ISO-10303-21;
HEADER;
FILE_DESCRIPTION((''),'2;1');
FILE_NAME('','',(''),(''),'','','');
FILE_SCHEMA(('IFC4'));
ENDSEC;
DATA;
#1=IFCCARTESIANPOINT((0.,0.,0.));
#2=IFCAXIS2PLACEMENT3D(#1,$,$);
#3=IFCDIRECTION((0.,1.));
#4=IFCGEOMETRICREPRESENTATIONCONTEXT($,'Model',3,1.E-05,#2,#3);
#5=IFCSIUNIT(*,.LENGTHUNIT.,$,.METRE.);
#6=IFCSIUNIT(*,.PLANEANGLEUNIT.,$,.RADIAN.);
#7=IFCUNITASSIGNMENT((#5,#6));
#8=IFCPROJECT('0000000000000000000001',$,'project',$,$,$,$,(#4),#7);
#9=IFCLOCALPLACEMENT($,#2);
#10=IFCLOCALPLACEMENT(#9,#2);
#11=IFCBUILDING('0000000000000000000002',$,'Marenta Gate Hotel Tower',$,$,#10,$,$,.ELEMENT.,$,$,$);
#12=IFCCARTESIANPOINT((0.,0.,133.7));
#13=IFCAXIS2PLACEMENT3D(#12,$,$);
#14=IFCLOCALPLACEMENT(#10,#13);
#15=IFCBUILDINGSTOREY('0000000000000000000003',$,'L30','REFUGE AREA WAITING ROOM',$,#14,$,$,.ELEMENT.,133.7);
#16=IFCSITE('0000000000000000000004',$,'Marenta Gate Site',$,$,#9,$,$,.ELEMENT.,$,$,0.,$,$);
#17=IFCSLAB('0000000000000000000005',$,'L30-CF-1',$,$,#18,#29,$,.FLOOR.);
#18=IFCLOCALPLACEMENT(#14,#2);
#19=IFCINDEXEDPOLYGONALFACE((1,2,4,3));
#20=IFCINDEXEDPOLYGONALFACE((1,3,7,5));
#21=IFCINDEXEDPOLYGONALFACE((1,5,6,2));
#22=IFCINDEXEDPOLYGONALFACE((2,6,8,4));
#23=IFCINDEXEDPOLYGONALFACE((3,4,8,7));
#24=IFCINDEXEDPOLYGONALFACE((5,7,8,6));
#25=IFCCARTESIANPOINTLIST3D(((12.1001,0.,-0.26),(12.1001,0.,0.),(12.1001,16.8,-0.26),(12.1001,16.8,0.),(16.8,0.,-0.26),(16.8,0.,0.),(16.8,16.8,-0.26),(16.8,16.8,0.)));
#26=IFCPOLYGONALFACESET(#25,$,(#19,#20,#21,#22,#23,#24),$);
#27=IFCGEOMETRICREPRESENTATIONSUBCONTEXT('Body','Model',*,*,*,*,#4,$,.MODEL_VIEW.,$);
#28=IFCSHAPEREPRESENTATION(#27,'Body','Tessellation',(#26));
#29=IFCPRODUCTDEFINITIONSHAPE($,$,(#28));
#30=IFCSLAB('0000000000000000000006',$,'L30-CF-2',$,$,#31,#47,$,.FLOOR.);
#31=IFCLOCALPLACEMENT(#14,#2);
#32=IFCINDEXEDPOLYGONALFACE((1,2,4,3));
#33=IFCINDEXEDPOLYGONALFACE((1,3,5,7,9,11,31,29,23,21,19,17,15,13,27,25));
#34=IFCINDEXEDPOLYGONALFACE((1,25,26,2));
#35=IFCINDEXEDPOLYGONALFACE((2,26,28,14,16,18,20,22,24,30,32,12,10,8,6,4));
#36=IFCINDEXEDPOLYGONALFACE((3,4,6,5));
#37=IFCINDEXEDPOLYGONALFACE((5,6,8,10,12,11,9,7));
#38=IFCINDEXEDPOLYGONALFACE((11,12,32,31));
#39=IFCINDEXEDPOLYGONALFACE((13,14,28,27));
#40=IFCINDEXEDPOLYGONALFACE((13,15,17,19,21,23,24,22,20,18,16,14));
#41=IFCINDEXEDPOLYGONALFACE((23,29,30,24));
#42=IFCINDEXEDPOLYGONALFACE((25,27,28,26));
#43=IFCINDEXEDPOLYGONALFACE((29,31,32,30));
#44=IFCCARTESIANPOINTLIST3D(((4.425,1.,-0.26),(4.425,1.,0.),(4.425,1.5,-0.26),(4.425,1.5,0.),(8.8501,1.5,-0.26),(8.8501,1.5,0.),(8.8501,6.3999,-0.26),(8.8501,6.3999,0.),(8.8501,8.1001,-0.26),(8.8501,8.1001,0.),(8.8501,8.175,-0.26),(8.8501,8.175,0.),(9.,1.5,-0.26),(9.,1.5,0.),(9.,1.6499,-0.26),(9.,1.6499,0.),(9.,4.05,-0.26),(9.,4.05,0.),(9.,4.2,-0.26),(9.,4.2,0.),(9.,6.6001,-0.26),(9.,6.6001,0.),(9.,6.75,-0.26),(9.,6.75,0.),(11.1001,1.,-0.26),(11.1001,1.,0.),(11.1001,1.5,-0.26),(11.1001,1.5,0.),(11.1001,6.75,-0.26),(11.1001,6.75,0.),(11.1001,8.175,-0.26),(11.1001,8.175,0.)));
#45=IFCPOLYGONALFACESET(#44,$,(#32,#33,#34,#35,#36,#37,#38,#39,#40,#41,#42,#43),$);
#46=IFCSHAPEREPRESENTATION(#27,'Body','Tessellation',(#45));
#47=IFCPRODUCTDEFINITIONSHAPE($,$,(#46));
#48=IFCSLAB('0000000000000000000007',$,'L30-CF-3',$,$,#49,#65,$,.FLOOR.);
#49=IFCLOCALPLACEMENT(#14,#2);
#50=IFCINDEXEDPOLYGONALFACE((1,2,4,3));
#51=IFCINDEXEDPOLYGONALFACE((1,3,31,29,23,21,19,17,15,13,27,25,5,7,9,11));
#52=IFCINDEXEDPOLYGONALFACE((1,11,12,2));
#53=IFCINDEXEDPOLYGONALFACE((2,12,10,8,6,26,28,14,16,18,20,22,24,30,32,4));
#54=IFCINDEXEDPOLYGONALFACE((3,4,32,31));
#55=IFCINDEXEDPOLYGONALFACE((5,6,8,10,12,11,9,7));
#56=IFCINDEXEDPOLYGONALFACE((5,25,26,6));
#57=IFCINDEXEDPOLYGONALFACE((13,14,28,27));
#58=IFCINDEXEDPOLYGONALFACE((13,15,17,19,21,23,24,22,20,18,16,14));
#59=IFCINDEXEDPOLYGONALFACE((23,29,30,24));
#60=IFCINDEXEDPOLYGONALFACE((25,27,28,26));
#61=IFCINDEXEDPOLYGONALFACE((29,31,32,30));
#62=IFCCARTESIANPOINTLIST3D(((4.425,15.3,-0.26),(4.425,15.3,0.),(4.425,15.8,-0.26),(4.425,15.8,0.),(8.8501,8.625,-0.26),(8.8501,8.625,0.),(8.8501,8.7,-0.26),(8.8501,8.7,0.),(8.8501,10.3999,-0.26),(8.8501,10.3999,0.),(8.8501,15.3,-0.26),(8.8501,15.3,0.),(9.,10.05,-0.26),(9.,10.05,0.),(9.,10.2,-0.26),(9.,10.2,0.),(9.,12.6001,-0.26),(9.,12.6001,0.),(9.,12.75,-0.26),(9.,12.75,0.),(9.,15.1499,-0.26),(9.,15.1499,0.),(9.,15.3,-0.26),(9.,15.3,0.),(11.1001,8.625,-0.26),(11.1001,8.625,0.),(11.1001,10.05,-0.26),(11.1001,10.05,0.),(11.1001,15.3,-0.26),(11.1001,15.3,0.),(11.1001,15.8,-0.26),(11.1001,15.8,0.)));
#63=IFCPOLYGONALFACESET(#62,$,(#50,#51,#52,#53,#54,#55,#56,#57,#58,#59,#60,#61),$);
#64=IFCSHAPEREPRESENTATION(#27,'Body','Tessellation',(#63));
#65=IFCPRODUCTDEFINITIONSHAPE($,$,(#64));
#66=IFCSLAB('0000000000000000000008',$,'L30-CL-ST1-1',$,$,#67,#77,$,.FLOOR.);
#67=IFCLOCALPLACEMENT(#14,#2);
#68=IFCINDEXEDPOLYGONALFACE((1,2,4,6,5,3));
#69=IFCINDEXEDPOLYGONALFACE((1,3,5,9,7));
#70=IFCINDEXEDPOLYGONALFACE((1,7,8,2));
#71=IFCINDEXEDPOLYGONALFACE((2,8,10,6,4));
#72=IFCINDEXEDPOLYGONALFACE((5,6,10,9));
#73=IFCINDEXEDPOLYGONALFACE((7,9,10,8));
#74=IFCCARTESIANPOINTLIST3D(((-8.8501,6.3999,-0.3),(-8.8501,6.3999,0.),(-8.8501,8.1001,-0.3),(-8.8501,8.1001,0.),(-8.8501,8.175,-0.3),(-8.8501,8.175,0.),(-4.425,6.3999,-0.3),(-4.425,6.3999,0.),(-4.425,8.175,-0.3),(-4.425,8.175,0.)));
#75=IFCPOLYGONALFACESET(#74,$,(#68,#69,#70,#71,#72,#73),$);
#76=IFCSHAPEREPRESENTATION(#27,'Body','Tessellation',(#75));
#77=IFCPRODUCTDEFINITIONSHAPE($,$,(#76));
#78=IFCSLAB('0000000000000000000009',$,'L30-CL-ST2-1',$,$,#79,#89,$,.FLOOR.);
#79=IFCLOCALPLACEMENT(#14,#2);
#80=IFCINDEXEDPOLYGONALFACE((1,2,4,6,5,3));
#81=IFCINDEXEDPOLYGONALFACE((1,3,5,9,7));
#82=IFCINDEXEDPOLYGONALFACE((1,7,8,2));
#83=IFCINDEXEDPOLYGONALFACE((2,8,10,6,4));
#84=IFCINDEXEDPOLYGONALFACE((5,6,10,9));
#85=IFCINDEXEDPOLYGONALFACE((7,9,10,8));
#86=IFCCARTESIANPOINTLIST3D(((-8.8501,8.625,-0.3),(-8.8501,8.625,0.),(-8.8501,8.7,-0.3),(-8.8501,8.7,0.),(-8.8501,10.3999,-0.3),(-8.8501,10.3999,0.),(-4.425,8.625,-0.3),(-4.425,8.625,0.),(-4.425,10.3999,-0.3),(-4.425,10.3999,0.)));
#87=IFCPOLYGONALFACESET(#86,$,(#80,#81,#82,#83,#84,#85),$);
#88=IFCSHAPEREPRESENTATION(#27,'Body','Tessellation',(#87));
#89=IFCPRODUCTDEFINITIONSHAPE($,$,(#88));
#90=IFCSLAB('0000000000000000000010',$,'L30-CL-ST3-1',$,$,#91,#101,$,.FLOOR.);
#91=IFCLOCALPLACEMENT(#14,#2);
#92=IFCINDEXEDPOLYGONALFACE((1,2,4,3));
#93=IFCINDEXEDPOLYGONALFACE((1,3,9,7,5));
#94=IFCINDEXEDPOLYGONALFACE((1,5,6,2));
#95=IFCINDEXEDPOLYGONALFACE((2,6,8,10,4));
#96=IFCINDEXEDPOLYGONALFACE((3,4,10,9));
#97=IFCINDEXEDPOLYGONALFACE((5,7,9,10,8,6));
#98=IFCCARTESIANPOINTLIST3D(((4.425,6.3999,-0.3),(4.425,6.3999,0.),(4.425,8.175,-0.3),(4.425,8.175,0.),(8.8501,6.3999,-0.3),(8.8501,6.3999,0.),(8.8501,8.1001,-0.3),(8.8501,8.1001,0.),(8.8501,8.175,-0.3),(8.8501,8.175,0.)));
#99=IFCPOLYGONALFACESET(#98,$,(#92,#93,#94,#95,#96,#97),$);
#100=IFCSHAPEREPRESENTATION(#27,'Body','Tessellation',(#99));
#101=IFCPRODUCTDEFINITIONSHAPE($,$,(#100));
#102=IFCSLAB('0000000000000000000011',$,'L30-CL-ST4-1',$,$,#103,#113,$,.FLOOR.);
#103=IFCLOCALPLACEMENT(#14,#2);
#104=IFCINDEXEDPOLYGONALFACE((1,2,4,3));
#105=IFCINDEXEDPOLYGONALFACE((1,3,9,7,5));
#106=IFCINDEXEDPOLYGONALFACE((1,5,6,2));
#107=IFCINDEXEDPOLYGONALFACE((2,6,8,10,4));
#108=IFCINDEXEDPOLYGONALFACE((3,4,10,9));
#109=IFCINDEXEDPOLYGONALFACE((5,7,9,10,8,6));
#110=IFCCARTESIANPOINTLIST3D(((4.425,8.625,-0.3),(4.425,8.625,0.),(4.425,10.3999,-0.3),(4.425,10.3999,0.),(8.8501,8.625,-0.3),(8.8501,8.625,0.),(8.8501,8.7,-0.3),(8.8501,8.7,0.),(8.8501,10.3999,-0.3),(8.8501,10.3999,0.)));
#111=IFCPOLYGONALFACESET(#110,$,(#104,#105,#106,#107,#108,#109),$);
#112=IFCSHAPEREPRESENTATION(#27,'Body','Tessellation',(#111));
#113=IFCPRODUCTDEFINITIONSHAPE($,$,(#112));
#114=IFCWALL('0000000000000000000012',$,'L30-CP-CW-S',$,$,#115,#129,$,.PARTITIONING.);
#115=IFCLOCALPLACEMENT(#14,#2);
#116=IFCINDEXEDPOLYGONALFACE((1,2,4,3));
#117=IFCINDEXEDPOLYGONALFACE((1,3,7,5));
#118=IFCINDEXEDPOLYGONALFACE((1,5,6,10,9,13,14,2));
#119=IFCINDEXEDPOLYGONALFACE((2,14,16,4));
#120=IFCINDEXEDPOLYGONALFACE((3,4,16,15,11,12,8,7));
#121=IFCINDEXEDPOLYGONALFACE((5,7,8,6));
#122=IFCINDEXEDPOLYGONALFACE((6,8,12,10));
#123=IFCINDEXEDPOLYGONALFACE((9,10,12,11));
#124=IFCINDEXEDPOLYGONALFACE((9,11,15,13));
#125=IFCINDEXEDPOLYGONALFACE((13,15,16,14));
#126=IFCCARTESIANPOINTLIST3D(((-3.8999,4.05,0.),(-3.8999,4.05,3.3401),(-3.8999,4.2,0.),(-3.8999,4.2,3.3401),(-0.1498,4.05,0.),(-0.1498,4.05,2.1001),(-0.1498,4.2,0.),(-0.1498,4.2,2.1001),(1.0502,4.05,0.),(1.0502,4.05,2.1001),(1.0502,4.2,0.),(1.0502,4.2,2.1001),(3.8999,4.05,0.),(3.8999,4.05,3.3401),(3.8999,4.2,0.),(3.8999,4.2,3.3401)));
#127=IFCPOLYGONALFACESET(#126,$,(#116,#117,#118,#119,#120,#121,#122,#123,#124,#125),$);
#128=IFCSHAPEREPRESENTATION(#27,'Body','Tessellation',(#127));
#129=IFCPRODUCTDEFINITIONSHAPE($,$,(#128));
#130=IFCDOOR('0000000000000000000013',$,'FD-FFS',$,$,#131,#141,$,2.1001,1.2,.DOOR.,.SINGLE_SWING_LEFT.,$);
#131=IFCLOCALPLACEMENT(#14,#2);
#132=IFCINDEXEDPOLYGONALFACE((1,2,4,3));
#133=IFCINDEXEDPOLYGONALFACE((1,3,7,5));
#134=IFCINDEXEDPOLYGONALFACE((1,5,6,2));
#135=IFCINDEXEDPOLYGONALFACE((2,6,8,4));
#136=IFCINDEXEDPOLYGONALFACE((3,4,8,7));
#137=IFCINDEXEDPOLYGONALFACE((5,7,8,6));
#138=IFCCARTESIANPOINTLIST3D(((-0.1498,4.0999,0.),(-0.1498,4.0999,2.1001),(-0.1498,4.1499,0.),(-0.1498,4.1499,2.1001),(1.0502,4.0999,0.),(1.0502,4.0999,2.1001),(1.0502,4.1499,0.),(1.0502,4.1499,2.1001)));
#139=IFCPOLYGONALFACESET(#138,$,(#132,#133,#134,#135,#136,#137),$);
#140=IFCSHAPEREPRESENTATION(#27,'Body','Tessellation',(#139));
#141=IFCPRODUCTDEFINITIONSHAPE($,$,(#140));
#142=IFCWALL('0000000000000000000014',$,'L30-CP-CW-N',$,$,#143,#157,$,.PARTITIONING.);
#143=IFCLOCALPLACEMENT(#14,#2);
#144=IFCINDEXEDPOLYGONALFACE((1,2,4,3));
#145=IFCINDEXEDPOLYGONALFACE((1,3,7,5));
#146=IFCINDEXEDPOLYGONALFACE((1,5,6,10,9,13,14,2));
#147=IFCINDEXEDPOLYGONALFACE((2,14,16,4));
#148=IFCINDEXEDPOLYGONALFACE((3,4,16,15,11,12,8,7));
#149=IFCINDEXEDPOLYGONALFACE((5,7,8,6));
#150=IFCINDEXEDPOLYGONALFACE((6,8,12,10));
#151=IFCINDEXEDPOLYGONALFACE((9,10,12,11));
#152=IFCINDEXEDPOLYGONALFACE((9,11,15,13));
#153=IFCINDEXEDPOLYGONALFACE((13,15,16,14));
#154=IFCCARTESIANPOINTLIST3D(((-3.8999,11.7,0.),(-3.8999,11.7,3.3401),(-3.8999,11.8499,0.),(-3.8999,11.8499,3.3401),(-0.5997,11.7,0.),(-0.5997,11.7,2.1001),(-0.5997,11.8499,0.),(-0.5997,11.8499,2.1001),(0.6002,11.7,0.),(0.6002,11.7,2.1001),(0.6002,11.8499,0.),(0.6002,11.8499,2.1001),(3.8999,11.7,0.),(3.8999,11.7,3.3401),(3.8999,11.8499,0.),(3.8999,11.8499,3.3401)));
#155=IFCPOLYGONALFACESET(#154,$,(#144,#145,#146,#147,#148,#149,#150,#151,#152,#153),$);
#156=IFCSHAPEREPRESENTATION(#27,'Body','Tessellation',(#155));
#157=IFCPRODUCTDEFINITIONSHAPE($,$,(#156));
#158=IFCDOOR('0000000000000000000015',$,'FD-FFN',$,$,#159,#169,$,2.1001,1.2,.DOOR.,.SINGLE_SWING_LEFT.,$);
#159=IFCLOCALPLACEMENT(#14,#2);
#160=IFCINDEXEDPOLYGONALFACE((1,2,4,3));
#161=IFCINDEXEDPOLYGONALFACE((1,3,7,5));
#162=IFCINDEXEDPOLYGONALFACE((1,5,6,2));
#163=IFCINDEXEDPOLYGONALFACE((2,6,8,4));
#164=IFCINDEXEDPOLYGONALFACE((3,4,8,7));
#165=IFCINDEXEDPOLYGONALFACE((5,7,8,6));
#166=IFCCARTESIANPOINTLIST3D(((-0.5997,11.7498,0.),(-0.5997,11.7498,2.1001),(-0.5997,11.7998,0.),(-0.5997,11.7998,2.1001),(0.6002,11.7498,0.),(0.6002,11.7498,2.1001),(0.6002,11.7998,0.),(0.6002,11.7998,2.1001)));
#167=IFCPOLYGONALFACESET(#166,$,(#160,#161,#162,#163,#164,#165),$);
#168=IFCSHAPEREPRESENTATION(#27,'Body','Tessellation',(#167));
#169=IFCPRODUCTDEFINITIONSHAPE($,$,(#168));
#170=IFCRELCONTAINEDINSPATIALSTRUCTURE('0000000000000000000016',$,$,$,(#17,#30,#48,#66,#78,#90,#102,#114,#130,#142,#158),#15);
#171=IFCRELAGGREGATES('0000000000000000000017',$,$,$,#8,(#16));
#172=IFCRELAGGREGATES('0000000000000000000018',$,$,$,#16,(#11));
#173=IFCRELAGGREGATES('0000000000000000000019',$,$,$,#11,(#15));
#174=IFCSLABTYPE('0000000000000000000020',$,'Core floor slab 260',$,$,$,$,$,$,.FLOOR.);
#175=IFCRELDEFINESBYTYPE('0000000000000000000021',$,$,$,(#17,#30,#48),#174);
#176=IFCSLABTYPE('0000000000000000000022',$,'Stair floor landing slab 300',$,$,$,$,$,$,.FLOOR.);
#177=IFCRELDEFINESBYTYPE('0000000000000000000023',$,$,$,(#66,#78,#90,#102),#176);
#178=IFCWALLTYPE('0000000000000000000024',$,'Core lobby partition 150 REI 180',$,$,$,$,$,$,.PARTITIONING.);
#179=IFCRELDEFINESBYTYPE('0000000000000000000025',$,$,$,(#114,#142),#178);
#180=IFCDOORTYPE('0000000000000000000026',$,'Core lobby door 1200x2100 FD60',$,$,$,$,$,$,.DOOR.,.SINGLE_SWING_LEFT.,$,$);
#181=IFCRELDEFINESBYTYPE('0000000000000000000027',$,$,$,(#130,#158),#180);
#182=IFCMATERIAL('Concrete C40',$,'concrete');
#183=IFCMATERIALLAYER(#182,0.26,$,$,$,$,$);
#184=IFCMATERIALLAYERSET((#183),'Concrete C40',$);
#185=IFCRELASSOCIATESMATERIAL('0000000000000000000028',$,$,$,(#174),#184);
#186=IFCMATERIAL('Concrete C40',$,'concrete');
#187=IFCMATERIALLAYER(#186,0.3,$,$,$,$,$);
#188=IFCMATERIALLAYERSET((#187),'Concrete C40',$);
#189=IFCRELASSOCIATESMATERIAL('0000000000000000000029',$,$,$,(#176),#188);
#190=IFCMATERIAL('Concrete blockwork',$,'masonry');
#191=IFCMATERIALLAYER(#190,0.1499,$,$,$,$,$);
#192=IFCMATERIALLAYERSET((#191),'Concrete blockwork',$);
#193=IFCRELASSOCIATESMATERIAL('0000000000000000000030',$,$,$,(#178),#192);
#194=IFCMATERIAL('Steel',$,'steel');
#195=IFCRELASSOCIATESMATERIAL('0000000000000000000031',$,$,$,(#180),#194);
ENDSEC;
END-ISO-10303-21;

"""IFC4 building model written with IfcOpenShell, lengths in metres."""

from ifc_helpers import new_model, si_unit, direction, frame, frame_2d, origin, place, context, subcontext, project, spatial, polyline, rectangle, outline, extrude, material, layer, layer_set, type_object, element, fill, save


model = new_model("IFC4")

# Units and contexts
model_context = context("Model", 3, precision=1e-05, world=origin(), true_north=direction((0.0, 1.0)))
body_context = subcontext(model_context, "Body", "Model", "MODEL_VIEW")
ifc_project = project(units=[si_unit("LENGTHUNIT", "METRE"), si_unit("PLANEANGLEUNIT", "RADIAN")], contexts=[model_context])

# Site, building, storey
site_placement = place(None, origin())
site = spatial("IfcSite", under=ifc_project, at=site_placement, Name="Marenta Gate Site", CompositionType="ELEMENT", RefElevation=0.0)
building_placement = place(site_placement, origin())
building = spatial("IfcBuilding", under=site, at=building_placement, Name="Marenta Gate Hotel Tower", CompositionType="ELEMENT")
storey_placement = place(building_placement, frame((0.0, 0.0, 133.7)))
storey = spatial("IfcBuildingStorey", under=building, at=storey_placement, Name="L30", Description="REFUGE AREA WAITING ROOM", CompositionType="ELEMENT", Elevation=133.7)

# Slabs
ifc_material_1 = material(Name="Concrete C40", Category="concrete")
ifc_layer_1 = layer(ifc_material_1, 0.26)
ifc_layer_set_1 = layer_set([ifc_layer_1], Name="Concrete C40")
slab_type_1 = type_object("IfcSlabType", Name="Core floor slab 260", PredefinedType="FLOOR", material=ifc_layer_set_1)
slab_1_placement = place(storey_placement, frame((0.0, 0.0, -0.26)))
element("IfcSlab", 1, at=slab_1_placement, inside=storey, type_object=slab_type_1, Name="L30-CF-1", PredefinedType="FLOOR", context=body_context, shape_type="SweptSolid", body=[
    extrude(outline(polyline([(12.1001, 0.0), (12.1001, 16.8), (16.8, 16.8), (16.8, 0.0), (12.1001, 0.0)])), origin(), (0.0, 0.0, 1.0), 0.26),
])
slab_2_placement = place(storey_placement, frame((0.0, 0.0, -0.26)))
element("IfcSlab", 2, at=slab_2_placement, inside=storey, type_object=slab_type_1, Name="L30-CF-2", PredefinedType="FLOOR", context=body_context, shape_type="SweptSolid", body=[
    extrude(outline(polyline([(8.8501, 1.5), (8.8501, 6.3999), (8.8501, 8.1001), (8.8501, 8.175), (11.1001, 8.175), (11.1001, 6.75), (9.0, 6.75), (9.0, 6.6001), (9.0, 4.2), (9.0, 4.05), (9.0, 1.6499), (9.0, 1.5), (11.1001, 1.5), (11.1001, 1.0), (4.425, 1.0), (4.425, 1.5), (8.8501, 1.5)])), origin(), (0.0, 0.0, 1.0), 0.26),
])
slab_3_placement = place(storey_placement, frame((0.0, 0.0, -0.26)))
element("IfcSlab", 3, at=slab_3_placement, inside=storey, type_object=slab_type_1, Name="L30-CF-3", PredefinedType="FLOOR", context=body_context, shape_type="SweptSolid", body=[
    extrude(outline(polyline([(8.8501, 15.3), (4.425, 15.3), (4.425, 15.8), (11.1001, 15.8), (11.1001, 15.3), (9.0, 15.3), (9.0, 15.1499), (9.0, 12.75), (9.0, 12.6001), (9.0, 10.2), (9.0, 10.05), (11.1001, 10.05), (11.1001, 8.625), (8.8501, 8.625), (8.8501, 8.7), (8.8501, 10.3999), (8.8501, 15.3)])), origin(), (0.0, 0.0, 1.0), 0.26),
])
ifc_material_2 = material(Name="Concrete C40", Category="concrete")
ifc_layer_2 = layer(ifc_material_2, 0.3)
ifc_layer_set_2 = layer_set([ifc_layer_2], Name="Concrete C40")
slab_type_2 = type_object("IfcSlabType", Name="Stair floor landing slab 300", PredefinedType="FLOOR", material=ifc_layer_set_2)
slab_4_placement = place(storey_placement, frame((0.0, 0.0, -0.3)))
element("IfcSlab", 4, at=slab_4_placement, inside=storey, type_object=slab_type_2, Name="L30-CL-ST1-1", PredefinedType="FLOOR", context=body_context, shape_type="SweptSolid", body=[
    extrude(outline(polyline([(-4.425, 6.3999), (-8.8501, 6.3999), (-8.8501, 8.1001), (-8.8501, 8.175), (-4.425, 8.175), (-4.425, 6.3999)])), origin(), (0.0, 0.0, 1.0), 0.3),
])
slab_5_placement = place(storey_placement, frame((0.0, 0.0, -0.3)))
element("IfcSlab", 5, at=slab_5_placement, inside=storey, type_object=slab_type_2, Name="L30-CL-ST2-1", PredefinedType="FLOOR", context=body_context, shape_type="SweptSolid", body=[
    extrude(outline(polyline([(-4.425, 8.625), (-8.8501, 8.625), (-8.8501, 8.7), (-8.8501, 10.3999), (-4.425, 10.3999), (-4.425, 8.625)])), origin(), (0.0, 0.0, 1.0), 0.3),
])
slab_6_placement = place(storey_placement, frame((0.0, 0.0, -0.3)))
element("IfcSlab", 6, at=slab_6_placement, inside=storey, type_object=slab_type_2, Name="L30-CL-ST3-1", PredefinedType="FLOOR", context=body_context, shape_type="SweptSolid", body=[
    extrude(outline(polyline([(4.425, 6.3999), (4.425, 8.175), (8.8501, 8.175), (8.8501, 8.1001), (8.8501, 6.3999), (4.425, 6.3999)])), origin(), (0.0, 0.0, 1.0), 0.3),
])
slab_7_placement = place(storey_placement, frame((0.0, 0.0, -0.3)))
element("IfcSlab", 7, at=slab_7_placement, inside=storey, type_object=slab_type_2, Name="L30-CL-ST4-1", PredefinedType="FLOOR", context=body_context, shape_type="SweptSolid", body=[
    extrude(outline(polyline([(4.425, 8.625), (4.425, 10.3999), (8.8501, 10.3999), (8.8501, 8.7), (8.8501, 8.625), (4.425, 8.625)])), origin(), (0.0, 0.0, 1.0), 0.3),
])

# Walls, openings, doors
ifc_material_3 = material(Name="Concrete blockwork", Category="masonry")
ifc_layer_3 = layer(ifc_material_3, 0.1499)
ifc_layer_set_3 = layer_set([ifc_layer_3], Name="Concrete blockwork")
wall_type_1 = type_object("IfcWallType", Name="Core lobby partition 150 REI 180", PredefinedType="PARTITIONING", material=ifc_layer_set_3)
wall_1_placement = place(storey_placement, frame((-3.8999, 4.125, 0.0), z_axis=(0.0, 0.0, 1.0), x_axis=(1.0, 0.0, 0.0)))
wall_1 = element("IfcWall", 8, at=wall_1_placement, inside=storey, type_object=wall_type_1, Name="L30-CP-CW-S", PredefinedType="PARTITIONING", context=body_context, shape_type="SweptSolid", body=[
    extrude(rectangle(XDim=7.7998, YDim=0.1499, at=frame_2d((3.8999, 0.0))), origin(), (0.0, 0.0, 1.0), 3.3401),
])
opening_1_placement = place(wall_1_placement, frame((3.75, 0.0, 0.0)))
opening_1 = element("IfcOpeningElement", 9, at=opening_1_placement, cuts=wall_1, PredefinedType="OPENING", context=body_context, shape_type="SweptSolid", body=[
    extrude(rectangle(XDim=1.2, YDim=2.1001, at=frame_2d((0.6001, 1.05))), frame((0.0, 0.075, 0.0), z_axis=(0.0, -1.0, 0.0), x_axis=(1.0, 0.0, 0.0)), (0.0, 0.0, 1.0), 0.1499),
])
ifc_material_4 = material(Name="Steel", Category="steel")
door_type_1 = type_object("IfcDoorType", Name="Core lobby door 1200x2100 FD60", OperationType="SINGLE_SWING_LEFT", PredefinedType="DOOR", material=ifc_material_4)
door_1_placement = place(opening_1_placement, origin())
door_1 = element("IfcDoor", 10, at=door_1_placement, inside=storey, type_object=door_type_1, Name="FD-FFS", OperationType="SINGLE_SWING_LEFT", OverallHeight=2.1001, OverallWidth=1.2, PredefinedType="DOOR", context=body_context, shape_type="SweptSolid", body=[
    extrude(rectangle(XDim=1.2, YDim=2.1001, at=frame_2d((0.6001, 1.05))), frame((0.0, 0.0249, 0.0), z_axis=(0.0, -1.0, 0.0), x_axis=(1.0, 0.0, 0.0)), (0.0, 0.0, 1.0), 0.05),
])
fill(opening_1, door_1)
wall_2_placement = place(storey_placement, frame((-3.8999, 11.7749, 0.0), z_axis=(0.0, 0.0, 1.0), x_axis=(1.0, 0.0, 0.0)))
wall_2 = element("IfcWall", 11, at=wall_2_placement, inside=storey, type_object=wall_type_1, Name="L30-CP-CW-N", PredefinedType="PARTITIONING", context=body_context, shape_type="SweptSolid", body=[
    extrude(rectangle(XDim=7.7998, YDim=0.1499, at=frame_2d((3.8999, 0.0))), origin(), (0.0, 0.0, 1.0), 3.3401),
])
opening_2_placement = place(wall_2_placement, frame((3.3, 0.0, 0.0)))
opening_2 = element("IfcOpeningElement", 12, at=opening_2_placement, cuts=wall_2, PredefinedType="OPENING", context=body_context, shape_type="SweptSolid", body=[
    extrude(rectangle(XDim=1.2, YDim=2.1001, at=frame_2d((0.6001, 1.05))), frame((0.0, 0.075, 0.0), z_axis=(0.0, -1.0, 0.0), x_axis=(1.0, 0.0, 0.0)), (0.0, 0.0, 1.0), 0.1499),
])
door_2_placement = place(opening_2_placement, origin())
door_2 = element("IfcDoor", 13, at=door_2_placement, inside=storey, type_object=door_type_1, Name="FD-FFN", OperationType="SINGLE_SWING_LEFT", OverallHeight=2.1001, OverallWidth=1.2, PredefinedType="DOOR", context=body_context, shape_type="SweptSolid", body=[
    extrude(rectangle(XDim=1.2, YDim=2.1001, at=frame_2d((0.6001, 1.05))), frame((0.0, 0.0249, 0.0), z_axis=(0.0, -1.0, 0.0), x_axis=(1.0, 0.0, 0.0)), (0.0, 0.0, 1.0), 0.05),
])
fill(opening_2, door_2)

save(model, "model.ifc")
